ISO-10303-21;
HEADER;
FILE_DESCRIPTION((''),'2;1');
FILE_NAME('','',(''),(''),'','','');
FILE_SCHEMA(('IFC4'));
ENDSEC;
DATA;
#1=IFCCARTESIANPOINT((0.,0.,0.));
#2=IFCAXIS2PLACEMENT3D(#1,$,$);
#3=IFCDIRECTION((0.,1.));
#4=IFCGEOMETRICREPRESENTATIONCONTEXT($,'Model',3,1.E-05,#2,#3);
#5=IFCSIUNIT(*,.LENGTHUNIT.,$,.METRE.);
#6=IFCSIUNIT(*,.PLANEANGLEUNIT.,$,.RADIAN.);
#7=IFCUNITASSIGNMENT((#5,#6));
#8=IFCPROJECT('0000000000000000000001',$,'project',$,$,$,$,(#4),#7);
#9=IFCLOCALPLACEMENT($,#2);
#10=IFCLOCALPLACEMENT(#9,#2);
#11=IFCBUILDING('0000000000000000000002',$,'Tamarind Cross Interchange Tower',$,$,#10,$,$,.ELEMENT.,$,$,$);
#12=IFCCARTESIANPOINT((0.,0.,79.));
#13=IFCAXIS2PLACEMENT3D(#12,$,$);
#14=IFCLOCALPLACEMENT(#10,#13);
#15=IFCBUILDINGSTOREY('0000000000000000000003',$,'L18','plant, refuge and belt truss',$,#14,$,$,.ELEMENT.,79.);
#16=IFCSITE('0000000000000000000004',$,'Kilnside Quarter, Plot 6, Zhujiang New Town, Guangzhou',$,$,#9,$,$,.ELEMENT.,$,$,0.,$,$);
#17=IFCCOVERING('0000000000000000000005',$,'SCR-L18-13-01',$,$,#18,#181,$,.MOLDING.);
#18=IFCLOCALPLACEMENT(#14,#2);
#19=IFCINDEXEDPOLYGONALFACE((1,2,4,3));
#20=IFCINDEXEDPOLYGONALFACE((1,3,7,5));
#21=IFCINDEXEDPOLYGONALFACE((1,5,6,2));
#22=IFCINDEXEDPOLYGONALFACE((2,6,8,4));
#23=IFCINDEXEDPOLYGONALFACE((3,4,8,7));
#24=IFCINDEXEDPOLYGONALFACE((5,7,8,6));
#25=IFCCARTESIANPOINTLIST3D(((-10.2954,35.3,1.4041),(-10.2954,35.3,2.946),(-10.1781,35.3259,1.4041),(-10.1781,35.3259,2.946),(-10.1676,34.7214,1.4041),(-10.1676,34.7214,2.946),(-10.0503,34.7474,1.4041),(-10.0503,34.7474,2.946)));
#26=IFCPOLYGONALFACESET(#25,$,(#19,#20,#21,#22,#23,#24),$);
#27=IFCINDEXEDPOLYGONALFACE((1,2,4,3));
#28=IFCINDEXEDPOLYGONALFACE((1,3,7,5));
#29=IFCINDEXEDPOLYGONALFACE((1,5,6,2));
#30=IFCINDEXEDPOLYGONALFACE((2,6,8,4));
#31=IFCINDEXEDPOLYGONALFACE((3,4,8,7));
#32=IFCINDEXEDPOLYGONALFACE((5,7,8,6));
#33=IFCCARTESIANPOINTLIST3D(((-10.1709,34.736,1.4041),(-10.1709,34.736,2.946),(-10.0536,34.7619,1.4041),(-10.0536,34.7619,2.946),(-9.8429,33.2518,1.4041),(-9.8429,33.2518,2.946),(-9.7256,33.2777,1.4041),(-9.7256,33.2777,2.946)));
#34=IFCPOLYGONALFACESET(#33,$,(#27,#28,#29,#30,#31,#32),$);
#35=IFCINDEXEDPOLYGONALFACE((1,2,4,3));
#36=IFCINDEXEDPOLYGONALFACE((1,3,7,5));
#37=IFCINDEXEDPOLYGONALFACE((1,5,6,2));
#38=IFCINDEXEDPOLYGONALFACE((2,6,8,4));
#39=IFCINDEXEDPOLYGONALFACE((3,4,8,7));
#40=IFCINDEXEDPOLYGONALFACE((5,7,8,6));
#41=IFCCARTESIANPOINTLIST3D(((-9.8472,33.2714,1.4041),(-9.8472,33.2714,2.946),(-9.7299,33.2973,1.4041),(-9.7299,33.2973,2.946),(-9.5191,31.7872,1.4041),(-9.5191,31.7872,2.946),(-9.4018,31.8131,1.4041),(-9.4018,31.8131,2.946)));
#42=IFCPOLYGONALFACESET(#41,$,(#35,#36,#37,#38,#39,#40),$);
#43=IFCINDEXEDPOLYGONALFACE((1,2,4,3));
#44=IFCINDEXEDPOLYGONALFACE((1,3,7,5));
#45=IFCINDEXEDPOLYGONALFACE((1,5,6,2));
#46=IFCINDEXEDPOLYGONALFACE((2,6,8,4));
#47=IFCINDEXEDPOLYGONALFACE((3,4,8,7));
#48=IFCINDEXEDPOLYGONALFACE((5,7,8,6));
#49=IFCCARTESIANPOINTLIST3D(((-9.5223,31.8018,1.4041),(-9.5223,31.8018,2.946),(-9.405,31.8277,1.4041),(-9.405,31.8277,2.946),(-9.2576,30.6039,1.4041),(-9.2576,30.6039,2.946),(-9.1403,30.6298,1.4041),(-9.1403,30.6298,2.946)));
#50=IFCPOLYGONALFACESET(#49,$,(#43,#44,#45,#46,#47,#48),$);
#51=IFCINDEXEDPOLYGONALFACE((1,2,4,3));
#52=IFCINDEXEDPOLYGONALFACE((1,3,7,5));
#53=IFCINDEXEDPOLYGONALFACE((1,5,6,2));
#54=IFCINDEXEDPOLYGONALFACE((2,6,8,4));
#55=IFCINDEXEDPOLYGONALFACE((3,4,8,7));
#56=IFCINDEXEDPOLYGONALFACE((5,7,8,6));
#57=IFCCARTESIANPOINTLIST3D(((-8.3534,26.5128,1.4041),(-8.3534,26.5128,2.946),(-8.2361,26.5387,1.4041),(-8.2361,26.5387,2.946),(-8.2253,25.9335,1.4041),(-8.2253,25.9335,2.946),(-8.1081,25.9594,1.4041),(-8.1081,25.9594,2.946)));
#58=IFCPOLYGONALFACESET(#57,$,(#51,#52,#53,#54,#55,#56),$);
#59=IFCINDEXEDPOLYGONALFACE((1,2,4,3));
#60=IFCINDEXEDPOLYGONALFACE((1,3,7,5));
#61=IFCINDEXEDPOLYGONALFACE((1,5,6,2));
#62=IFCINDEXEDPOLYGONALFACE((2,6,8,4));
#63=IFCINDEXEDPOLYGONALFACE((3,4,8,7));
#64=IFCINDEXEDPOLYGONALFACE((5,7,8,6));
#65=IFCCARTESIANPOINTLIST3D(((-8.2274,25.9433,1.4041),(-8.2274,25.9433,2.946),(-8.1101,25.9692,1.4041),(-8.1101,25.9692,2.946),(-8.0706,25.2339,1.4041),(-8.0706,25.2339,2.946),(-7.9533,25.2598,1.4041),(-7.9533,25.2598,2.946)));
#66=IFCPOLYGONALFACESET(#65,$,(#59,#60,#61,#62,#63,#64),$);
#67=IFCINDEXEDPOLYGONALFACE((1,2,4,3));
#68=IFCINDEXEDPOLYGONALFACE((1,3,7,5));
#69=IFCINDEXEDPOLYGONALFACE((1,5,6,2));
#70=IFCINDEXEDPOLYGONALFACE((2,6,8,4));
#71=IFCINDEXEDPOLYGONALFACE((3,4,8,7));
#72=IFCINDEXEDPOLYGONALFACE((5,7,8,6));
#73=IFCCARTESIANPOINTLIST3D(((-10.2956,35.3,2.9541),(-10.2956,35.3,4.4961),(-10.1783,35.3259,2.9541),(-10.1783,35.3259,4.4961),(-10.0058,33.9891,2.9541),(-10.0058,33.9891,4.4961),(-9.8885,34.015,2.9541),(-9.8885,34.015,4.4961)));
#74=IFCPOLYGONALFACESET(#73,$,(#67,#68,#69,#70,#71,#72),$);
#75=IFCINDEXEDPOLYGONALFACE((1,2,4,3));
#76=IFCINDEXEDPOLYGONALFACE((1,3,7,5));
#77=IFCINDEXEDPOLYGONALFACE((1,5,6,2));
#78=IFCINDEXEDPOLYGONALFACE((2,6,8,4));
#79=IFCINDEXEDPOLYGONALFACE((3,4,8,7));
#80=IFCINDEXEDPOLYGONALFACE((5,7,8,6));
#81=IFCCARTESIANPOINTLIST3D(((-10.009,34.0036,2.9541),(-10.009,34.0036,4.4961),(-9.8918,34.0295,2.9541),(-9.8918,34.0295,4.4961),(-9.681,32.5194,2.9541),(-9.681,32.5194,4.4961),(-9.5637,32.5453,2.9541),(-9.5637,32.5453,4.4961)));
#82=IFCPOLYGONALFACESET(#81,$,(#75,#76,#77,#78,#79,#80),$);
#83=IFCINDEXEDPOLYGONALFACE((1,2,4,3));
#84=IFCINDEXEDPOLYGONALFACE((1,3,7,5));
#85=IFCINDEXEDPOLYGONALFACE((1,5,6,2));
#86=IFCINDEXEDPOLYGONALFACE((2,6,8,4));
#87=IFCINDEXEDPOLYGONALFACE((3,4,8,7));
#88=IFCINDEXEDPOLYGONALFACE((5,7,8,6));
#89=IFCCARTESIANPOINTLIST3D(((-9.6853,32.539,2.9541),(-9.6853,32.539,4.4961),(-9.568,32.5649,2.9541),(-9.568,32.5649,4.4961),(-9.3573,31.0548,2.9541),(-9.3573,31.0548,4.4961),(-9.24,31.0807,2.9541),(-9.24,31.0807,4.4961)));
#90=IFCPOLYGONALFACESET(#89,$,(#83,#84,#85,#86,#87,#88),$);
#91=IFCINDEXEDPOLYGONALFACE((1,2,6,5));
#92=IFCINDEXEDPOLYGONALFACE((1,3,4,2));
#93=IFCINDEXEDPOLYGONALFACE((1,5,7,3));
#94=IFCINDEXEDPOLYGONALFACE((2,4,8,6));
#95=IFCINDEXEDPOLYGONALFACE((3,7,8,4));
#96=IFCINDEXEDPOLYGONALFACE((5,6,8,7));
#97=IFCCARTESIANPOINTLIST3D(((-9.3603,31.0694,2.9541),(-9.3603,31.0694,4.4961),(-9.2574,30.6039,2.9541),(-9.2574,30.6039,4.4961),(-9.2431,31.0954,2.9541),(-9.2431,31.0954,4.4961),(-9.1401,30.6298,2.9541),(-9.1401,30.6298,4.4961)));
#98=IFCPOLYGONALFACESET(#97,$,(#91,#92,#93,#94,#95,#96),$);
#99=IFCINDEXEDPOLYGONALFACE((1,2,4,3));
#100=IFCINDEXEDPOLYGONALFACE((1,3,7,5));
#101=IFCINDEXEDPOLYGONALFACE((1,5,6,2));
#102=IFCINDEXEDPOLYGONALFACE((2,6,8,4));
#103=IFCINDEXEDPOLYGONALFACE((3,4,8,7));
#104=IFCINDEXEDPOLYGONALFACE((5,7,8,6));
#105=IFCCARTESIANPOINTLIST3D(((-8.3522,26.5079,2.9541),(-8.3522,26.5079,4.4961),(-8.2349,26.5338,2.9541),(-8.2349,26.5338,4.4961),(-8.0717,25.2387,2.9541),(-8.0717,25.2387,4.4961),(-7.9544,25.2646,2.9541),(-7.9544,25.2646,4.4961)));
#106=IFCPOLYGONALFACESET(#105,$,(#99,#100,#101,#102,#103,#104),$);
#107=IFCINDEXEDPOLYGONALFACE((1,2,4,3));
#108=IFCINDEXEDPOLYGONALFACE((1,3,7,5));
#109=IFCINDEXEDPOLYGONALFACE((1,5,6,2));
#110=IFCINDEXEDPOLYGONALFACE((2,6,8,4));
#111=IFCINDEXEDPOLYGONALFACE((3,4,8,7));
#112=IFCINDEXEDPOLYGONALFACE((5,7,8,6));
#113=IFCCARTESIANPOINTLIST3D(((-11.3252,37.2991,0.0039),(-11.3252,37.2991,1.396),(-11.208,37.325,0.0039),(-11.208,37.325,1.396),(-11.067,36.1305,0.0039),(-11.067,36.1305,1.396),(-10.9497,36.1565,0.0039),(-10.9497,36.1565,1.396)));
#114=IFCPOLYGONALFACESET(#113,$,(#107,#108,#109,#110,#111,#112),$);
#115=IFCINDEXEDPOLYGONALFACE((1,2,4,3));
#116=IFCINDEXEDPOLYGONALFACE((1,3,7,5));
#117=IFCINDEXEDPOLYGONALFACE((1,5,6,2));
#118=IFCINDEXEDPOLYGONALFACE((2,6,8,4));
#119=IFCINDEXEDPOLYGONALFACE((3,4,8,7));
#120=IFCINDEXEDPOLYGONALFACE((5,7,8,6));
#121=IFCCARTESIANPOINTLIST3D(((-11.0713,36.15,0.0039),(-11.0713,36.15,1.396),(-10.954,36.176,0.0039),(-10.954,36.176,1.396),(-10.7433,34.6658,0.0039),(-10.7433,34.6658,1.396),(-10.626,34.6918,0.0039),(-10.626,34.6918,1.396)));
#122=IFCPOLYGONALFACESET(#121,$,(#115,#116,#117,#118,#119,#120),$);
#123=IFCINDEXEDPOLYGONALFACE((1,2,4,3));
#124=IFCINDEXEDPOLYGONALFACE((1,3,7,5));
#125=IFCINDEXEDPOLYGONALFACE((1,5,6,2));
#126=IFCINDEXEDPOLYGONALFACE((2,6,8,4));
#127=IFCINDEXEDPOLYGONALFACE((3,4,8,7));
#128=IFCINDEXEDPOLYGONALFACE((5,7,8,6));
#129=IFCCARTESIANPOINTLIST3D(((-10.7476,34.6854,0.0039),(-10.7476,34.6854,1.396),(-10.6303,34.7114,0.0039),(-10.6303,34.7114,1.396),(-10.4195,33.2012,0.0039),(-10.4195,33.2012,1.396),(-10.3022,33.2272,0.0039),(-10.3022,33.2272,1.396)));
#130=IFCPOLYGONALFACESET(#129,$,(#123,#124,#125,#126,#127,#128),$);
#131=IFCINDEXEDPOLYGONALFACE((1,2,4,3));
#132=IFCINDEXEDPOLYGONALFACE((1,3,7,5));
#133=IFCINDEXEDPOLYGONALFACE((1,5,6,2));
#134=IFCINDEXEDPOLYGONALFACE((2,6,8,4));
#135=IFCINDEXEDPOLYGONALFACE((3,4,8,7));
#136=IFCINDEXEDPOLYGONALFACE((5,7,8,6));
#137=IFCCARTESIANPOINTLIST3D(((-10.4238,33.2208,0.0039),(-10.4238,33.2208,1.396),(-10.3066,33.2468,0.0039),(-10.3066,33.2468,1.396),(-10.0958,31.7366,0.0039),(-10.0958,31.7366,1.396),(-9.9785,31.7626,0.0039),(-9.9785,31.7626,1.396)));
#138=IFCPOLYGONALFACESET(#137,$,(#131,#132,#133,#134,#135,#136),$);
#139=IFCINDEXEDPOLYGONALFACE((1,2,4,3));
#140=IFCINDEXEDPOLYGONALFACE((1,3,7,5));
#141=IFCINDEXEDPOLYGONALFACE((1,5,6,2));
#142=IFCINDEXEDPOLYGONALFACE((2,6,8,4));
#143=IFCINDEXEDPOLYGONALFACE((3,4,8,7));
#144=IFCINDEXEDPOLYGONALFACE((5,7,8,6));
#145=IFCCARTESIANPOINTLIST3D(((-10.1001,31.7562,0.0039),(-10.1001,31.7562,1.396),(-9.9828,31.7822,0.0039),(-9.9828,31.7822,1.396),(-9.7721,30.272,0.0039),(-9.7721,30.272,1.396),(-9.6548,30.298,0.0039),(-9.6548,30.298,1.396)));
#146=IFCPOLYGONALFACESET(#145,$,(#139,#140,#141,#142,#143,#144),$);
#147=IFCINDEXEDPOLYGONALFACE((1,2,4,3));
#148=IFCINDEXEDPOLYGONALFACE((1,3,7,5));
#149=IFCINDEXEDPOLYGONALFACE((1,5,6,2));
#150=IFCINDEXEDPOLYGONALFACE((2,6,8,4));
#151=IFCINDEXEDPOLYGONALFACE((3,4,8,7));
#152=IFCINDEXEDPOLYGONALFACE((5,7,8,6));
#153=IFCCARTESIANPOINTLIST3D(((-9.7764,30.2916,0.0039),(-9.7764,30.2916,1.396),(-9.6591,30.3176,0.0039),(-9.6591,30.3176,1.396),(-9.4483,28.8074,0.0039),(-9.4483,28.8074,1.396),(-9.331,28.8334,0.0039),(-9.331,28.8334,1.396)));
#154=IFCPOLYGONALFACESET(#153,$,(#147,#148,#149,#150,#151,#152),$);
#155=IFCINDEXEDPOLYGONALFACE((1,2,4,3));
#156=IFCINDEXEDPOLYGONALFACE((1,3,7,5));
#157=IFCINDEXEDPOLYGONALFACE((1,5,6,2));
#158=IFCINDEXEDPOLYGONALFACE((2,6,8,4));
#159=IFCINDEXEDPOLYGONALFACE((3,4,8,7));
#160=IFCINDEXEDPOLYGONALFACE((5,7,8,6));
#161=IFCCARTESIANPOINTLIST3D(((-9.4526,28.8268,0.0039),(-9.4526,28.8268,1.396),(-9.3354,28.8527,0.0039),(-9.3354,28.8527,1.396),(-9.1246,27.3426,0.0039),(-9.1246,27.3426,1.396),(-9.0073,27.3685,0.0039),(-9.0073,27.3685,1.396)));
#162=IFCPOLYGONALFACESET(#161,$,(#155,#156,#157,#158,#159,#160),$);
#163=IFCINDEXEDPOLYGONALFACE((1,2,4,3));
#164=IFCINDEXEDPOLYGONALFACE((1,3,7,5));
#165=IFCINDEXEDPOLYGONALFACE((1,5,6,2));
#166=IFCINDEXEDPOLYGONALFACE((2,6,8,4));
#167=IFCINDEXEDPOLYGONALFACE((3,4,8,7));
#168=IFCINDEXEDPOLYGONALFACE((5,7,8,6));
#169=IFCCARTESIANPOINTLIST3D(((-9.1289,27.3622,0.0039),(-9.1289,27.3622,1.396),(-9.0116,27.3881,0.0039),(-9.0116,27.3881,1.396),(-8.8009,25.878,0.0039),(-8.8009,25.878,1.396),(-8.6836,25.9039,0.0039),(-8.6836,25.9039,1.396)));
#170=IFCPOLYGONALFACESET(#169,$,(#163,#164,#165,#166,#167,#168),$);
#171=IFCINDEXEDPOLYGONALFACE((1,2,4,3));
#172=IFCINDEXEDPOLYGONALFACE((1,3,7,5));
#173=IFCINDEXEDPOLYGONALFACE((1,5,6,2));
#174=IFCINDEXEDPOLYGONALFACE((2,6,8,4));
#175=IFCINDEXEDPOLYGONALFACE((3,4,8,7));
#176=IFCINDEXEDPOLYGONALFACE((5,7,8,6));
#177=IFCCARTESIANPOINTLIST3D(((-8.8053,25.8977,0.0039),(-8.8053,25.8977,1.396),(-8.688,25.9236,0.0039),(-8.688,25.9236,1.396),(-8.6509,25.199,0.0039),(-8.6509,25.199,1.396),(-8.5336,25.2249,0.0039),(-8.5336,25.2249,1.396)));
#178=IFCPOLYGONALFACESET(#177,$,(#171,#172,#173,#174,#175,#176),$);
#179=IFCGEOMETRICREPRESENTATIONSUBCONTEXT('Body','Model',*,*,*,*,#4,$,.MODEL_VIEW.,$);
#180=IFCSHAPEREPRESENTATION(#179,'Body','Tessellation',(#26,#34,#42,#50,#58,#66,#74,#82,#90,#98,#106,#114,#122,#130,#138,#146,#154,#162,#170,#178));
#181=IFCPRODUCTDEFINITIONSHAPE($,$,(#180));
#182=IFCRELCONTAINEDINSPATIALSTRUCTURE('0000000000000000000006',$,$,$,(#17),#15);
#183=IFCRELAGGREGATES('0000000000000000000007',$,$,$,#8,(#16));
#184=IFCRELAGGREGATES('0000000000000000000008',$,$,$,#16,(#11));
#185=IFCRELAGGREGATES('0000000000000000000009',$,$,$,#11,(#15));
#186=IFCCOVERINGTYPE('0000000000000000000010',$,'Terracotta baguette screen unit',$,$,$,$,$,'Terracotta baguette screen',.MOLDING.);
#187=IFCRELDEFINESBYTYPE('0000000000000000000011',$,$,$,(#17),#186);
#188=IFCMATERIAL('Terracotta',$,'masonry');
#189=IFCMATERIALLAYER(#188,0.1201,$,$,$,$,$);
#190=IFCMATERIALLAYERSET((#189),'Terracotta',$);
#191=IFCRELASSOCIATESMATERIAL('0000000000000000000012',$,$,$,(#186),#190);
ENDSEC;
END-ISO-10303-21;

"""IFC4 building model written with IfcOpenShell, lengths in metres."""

from ifc_helpers import new_model, si_unit, direction, frame, origin, origin_2d, place, context, subcontext, project, spatial, rectangle, extrude, material, layer, layer_set, type_object, element, save


model = new_model("IFC4")

# Units and contexts
model_context = context("Model", 3, precision=1e-05, world=origin(), true_north=direction((0.0, 1.0)))
body_context = subcontext(model_context, "Body", "Model", "MODEL_VIEW")
ifc_project = project(units=[si_unit("LENGTHUNIT", "METRE"), si_unit("PLANEANGLEUNIT", "RADIAN")], contexts=[model_context])

# Site, building, storey
site_placement = place(None, origin())
site = spatial("IfcSite", under=ifc_project, at=site_placement, Name="Kilnside Quarter, Plot 6, Zhujiang New Town, Guangzhou", CompositionType="ELEMENT", RefElevation=0.0)
building_placement = place(site_placement, origin())
building = spatial("IfcBuilding", under=site, at=building_placement, Name="Tamarind Cross Interchange Tower", CompositionType="ELEMENT")
storey_placement = place(building_placement, frame((0.0, 0.0, 79.0)))
storey = spatial("IfcBuildingStorey", under=building, at=storey_placement, Name="L18", Description="plant, refuge and belt truss", CompositionType="ELEMENT", Elevation=79.0)

# Covering
ifc_material_1 = material(Name="Terracotta", Category="masonry")
ifc_layer_1 = layer(ifc_material_1, 0.1201)
ifc_layer_set_1 = layer_set([ifc_layer_1], Name="Terracotta")
covering_type = type_object("IfcCoveringType", Name="Terracotta baguette screen unit", ElementType="Terracotta baguette screen", PredefinedType="MOLDING", material=ifc_layer_set_1)
covering_1_placement = place(storey_placement, origin())
element("IfcCovering", 1, at=covering_1_placement, inside=storey, type_object=covering_type, Name="SCR-L18-13-01", PredefinedType="MOLDING", context=body_context, shape_type="SweptSolid", body=[
    extrude(rectangle(XDim=0.5925, YDim=0.1201, at=origin_2d()), frame((-10.1729, 35.0237, 1.4041), z_axis=(0.0, 0.0, 1.0), x_axis=(0.21582, -0.976433, 0.0)), (0.0, 0.0, 1.0), 1.542),
    extrude(rectangle(XDim=1.52, YDim=0.1201, at=origin_2d()), frame((-9.9482, 34.0068, 1.4041), z_axis=(0.0, 0.0, 1.0), x_axis=(0.21582, -0.976433, 0.0)), (0.0, 0.0, 1.0), 1.542),
    extrude(rectangle(XDim=1.52, YDim=0.1201, at=origin_2d()), frame((-9.6245, 32.5422, 1.4041), z_axis=(0.0, 0.0, 1.0), x_axis=(0.21582, -0.976433, 0.0)), (0.0, 0.0, 1.0), 1.542),
    extrude(rectangle(XDim=1.2268, YDim=0.1201, at=origin_2d()), frame((-9.3313, 31.2158, 1.4041), z_axis=(0.0, 0.0, 1.0), x_axis=(0.21582, -0.976433, 0.0)), (0.0, 0.0, 1.0), 1.542),
    extrude(rectangle(XDim=0.5933, YDim=0.1201, at=origin_2d()), frame((-8.2307, 26.2361, 1.4041), z_axis=(0.0, 0.0, 1.0), x_axis=(0.21582, -0.976433, 0.0)), (0.0, 0.0, 1.0), 1.542),
    extrude(rectangle(XDim=0.7266, YDim=0.1201, at=origin_2d()), frame((-8.0903, 25.6016, 1.4041), z_axis=(0.0, 0.0, 1.0), x_axis=(0.21582, -0.976433, 0.0)), (0.0, 0.0, 1.0), 1.542),
    extrude(rectangle(XDim=1.3425, YDim=0.1201, at=origin_2d()), frame((-10.092, 34.6575, 2.9541), z_axis=(0.0, 0.0, 1.0), x_axis=(0.21582, -0.976433, 0.0)), (0.0, 0.0, 1.0), 1.542),
    extrude(rectangle(XDim=1.52, YDim=0.1201, at=origin_2d()), frame((-9.7864, 33.2744, 2.9541), z_axis=(0.0, 0.0, 1.0), x_axis=(0.21582, -0.976433, 0.0)), (0.0, 0.0, 1.0), 1.542),
    extrude(rectangle(XDim=1.52, YDim=0.1201, at=origin_2d()), frame((-9.4626, 31.8098, 2.9541), z_axis=(0.0, 0.0, 1.0), x_axis=(0.21582, -0.976433, 0.0)), (0.0, 0.0, 1.0), 1.542),
    extrude(rectangle(XDim=0.4768, YDim=0.1201, at=origin_2d()), frame((-9.2502, 30.8496, 2.9541), z_axis=(0.0, 0.0, 1.0), x_axis=(0.21582, -0.976433, 0.0)), (0.0, 0.0, 1.0), 1.542),
    extrude(rectangle(XDim=1.2998, YDim=0.1201, at=origin_2d()), frame((-8.1533, 25.8862, 2.9541), z_axis=(0.0, 0.0, 1.0), x_axis=(0.21582, -0.976433, 0.0)), (0.0, 0.0, 1.0), 1.542),
    extrude(rectangle(XDim=1.1968, YDim=0.1201, at=origin_2d()), frame((-11.1375, 36.7278, 0.0039), z_axis=(0.0, 0.0, 1.0), x_axis=(0.21582, -0.976433, 0.0)), (0.0, 0.0, 1.0), 1.3921),
    extrude(rectangle(XDim=1.52, YDim=0.1201, at=origin_2d()), frame((-10.8486, 35.4209, 0.0039), z_axis=(0.0, 0.0, 1.0), x_axis=(0.21582, -0.976433, 0.0)), (0.0, 0.0, 1.0), 1.3921),
    extrude(rectangle(XDim=1.52, YDim=0.1201, at=origin_2d()), frame((-10.5249, 33.9563, 0.0039), z_axis=(0.0, 0.0, 1.0), x_axis=(0.21582, -0.976433, 0.0)), (0.0, 0.0, 1.0), 1.3921),
    extrude(rectangle(XDim=1.52, YDim=0.1201, at=origin_2d()), frame((-10.2012, 32.4917, 0.0039), z_axis=(0.0, 0.0, 1.0), x_axis=(0.21582, -0.976433, 0.0)), (0.0, 0.0, 1.0), 1.3921),
    extrude(rectangle(XDim=1.52, YDim=0.1201, at=origin_2d()), frame((-9.8774, 31.0271, 0.0039), z_axis=(0.0, 0.0, 1.0), x_axis=(0.21582, -0.976433, 0.0)), (0.0, 0.0, 1.0), 1.3921),
    extrude(rectangle(XDim=1.52, YDim=0.1201, at=origin_2d()), frame((-9.5537, 29.5625, 0.0039), z_axis=(0.0, 0.0, 1.0), x_axis=(0.21582, -0.976433, 0.0)), (0.0, 0.0, 1.0), 1.3921),
    extrude(rectangle(XDim=1.52, YDim=0.1201, at=origin_2d()), frame((-9.23, 28.0977, 0.0039), z_axis=(0.0, 0.0, 1.0), x_axis=(0.21582, -0.976433, 0.0)), (0.0, 0.0, 1.0), 1.3921),
    extrude(rectangle(XDim=1.52, YDim=0.1201, at=origin_2d()), frame((-8.9062, 26.6331, 0.0039), z_axis=(0.0, 0.0, 1.0), x_axis=(0.21582, -0.976433, 0.0)), (0.0, 0.0, 1.0), 1.3921),
    extrude(rectangle(XDim=0.7156, YDim=0.1201, at=origin_2d()), frame((-8.6694, 25.5613, 0.0039), z_axis=(0.0, 0.0, 1.0), x_axis=(0.21582, -0.976433, 0.0)), (0.0, 0.0, 1.0), 1.3921),
])

save(model, "model.ifc")
